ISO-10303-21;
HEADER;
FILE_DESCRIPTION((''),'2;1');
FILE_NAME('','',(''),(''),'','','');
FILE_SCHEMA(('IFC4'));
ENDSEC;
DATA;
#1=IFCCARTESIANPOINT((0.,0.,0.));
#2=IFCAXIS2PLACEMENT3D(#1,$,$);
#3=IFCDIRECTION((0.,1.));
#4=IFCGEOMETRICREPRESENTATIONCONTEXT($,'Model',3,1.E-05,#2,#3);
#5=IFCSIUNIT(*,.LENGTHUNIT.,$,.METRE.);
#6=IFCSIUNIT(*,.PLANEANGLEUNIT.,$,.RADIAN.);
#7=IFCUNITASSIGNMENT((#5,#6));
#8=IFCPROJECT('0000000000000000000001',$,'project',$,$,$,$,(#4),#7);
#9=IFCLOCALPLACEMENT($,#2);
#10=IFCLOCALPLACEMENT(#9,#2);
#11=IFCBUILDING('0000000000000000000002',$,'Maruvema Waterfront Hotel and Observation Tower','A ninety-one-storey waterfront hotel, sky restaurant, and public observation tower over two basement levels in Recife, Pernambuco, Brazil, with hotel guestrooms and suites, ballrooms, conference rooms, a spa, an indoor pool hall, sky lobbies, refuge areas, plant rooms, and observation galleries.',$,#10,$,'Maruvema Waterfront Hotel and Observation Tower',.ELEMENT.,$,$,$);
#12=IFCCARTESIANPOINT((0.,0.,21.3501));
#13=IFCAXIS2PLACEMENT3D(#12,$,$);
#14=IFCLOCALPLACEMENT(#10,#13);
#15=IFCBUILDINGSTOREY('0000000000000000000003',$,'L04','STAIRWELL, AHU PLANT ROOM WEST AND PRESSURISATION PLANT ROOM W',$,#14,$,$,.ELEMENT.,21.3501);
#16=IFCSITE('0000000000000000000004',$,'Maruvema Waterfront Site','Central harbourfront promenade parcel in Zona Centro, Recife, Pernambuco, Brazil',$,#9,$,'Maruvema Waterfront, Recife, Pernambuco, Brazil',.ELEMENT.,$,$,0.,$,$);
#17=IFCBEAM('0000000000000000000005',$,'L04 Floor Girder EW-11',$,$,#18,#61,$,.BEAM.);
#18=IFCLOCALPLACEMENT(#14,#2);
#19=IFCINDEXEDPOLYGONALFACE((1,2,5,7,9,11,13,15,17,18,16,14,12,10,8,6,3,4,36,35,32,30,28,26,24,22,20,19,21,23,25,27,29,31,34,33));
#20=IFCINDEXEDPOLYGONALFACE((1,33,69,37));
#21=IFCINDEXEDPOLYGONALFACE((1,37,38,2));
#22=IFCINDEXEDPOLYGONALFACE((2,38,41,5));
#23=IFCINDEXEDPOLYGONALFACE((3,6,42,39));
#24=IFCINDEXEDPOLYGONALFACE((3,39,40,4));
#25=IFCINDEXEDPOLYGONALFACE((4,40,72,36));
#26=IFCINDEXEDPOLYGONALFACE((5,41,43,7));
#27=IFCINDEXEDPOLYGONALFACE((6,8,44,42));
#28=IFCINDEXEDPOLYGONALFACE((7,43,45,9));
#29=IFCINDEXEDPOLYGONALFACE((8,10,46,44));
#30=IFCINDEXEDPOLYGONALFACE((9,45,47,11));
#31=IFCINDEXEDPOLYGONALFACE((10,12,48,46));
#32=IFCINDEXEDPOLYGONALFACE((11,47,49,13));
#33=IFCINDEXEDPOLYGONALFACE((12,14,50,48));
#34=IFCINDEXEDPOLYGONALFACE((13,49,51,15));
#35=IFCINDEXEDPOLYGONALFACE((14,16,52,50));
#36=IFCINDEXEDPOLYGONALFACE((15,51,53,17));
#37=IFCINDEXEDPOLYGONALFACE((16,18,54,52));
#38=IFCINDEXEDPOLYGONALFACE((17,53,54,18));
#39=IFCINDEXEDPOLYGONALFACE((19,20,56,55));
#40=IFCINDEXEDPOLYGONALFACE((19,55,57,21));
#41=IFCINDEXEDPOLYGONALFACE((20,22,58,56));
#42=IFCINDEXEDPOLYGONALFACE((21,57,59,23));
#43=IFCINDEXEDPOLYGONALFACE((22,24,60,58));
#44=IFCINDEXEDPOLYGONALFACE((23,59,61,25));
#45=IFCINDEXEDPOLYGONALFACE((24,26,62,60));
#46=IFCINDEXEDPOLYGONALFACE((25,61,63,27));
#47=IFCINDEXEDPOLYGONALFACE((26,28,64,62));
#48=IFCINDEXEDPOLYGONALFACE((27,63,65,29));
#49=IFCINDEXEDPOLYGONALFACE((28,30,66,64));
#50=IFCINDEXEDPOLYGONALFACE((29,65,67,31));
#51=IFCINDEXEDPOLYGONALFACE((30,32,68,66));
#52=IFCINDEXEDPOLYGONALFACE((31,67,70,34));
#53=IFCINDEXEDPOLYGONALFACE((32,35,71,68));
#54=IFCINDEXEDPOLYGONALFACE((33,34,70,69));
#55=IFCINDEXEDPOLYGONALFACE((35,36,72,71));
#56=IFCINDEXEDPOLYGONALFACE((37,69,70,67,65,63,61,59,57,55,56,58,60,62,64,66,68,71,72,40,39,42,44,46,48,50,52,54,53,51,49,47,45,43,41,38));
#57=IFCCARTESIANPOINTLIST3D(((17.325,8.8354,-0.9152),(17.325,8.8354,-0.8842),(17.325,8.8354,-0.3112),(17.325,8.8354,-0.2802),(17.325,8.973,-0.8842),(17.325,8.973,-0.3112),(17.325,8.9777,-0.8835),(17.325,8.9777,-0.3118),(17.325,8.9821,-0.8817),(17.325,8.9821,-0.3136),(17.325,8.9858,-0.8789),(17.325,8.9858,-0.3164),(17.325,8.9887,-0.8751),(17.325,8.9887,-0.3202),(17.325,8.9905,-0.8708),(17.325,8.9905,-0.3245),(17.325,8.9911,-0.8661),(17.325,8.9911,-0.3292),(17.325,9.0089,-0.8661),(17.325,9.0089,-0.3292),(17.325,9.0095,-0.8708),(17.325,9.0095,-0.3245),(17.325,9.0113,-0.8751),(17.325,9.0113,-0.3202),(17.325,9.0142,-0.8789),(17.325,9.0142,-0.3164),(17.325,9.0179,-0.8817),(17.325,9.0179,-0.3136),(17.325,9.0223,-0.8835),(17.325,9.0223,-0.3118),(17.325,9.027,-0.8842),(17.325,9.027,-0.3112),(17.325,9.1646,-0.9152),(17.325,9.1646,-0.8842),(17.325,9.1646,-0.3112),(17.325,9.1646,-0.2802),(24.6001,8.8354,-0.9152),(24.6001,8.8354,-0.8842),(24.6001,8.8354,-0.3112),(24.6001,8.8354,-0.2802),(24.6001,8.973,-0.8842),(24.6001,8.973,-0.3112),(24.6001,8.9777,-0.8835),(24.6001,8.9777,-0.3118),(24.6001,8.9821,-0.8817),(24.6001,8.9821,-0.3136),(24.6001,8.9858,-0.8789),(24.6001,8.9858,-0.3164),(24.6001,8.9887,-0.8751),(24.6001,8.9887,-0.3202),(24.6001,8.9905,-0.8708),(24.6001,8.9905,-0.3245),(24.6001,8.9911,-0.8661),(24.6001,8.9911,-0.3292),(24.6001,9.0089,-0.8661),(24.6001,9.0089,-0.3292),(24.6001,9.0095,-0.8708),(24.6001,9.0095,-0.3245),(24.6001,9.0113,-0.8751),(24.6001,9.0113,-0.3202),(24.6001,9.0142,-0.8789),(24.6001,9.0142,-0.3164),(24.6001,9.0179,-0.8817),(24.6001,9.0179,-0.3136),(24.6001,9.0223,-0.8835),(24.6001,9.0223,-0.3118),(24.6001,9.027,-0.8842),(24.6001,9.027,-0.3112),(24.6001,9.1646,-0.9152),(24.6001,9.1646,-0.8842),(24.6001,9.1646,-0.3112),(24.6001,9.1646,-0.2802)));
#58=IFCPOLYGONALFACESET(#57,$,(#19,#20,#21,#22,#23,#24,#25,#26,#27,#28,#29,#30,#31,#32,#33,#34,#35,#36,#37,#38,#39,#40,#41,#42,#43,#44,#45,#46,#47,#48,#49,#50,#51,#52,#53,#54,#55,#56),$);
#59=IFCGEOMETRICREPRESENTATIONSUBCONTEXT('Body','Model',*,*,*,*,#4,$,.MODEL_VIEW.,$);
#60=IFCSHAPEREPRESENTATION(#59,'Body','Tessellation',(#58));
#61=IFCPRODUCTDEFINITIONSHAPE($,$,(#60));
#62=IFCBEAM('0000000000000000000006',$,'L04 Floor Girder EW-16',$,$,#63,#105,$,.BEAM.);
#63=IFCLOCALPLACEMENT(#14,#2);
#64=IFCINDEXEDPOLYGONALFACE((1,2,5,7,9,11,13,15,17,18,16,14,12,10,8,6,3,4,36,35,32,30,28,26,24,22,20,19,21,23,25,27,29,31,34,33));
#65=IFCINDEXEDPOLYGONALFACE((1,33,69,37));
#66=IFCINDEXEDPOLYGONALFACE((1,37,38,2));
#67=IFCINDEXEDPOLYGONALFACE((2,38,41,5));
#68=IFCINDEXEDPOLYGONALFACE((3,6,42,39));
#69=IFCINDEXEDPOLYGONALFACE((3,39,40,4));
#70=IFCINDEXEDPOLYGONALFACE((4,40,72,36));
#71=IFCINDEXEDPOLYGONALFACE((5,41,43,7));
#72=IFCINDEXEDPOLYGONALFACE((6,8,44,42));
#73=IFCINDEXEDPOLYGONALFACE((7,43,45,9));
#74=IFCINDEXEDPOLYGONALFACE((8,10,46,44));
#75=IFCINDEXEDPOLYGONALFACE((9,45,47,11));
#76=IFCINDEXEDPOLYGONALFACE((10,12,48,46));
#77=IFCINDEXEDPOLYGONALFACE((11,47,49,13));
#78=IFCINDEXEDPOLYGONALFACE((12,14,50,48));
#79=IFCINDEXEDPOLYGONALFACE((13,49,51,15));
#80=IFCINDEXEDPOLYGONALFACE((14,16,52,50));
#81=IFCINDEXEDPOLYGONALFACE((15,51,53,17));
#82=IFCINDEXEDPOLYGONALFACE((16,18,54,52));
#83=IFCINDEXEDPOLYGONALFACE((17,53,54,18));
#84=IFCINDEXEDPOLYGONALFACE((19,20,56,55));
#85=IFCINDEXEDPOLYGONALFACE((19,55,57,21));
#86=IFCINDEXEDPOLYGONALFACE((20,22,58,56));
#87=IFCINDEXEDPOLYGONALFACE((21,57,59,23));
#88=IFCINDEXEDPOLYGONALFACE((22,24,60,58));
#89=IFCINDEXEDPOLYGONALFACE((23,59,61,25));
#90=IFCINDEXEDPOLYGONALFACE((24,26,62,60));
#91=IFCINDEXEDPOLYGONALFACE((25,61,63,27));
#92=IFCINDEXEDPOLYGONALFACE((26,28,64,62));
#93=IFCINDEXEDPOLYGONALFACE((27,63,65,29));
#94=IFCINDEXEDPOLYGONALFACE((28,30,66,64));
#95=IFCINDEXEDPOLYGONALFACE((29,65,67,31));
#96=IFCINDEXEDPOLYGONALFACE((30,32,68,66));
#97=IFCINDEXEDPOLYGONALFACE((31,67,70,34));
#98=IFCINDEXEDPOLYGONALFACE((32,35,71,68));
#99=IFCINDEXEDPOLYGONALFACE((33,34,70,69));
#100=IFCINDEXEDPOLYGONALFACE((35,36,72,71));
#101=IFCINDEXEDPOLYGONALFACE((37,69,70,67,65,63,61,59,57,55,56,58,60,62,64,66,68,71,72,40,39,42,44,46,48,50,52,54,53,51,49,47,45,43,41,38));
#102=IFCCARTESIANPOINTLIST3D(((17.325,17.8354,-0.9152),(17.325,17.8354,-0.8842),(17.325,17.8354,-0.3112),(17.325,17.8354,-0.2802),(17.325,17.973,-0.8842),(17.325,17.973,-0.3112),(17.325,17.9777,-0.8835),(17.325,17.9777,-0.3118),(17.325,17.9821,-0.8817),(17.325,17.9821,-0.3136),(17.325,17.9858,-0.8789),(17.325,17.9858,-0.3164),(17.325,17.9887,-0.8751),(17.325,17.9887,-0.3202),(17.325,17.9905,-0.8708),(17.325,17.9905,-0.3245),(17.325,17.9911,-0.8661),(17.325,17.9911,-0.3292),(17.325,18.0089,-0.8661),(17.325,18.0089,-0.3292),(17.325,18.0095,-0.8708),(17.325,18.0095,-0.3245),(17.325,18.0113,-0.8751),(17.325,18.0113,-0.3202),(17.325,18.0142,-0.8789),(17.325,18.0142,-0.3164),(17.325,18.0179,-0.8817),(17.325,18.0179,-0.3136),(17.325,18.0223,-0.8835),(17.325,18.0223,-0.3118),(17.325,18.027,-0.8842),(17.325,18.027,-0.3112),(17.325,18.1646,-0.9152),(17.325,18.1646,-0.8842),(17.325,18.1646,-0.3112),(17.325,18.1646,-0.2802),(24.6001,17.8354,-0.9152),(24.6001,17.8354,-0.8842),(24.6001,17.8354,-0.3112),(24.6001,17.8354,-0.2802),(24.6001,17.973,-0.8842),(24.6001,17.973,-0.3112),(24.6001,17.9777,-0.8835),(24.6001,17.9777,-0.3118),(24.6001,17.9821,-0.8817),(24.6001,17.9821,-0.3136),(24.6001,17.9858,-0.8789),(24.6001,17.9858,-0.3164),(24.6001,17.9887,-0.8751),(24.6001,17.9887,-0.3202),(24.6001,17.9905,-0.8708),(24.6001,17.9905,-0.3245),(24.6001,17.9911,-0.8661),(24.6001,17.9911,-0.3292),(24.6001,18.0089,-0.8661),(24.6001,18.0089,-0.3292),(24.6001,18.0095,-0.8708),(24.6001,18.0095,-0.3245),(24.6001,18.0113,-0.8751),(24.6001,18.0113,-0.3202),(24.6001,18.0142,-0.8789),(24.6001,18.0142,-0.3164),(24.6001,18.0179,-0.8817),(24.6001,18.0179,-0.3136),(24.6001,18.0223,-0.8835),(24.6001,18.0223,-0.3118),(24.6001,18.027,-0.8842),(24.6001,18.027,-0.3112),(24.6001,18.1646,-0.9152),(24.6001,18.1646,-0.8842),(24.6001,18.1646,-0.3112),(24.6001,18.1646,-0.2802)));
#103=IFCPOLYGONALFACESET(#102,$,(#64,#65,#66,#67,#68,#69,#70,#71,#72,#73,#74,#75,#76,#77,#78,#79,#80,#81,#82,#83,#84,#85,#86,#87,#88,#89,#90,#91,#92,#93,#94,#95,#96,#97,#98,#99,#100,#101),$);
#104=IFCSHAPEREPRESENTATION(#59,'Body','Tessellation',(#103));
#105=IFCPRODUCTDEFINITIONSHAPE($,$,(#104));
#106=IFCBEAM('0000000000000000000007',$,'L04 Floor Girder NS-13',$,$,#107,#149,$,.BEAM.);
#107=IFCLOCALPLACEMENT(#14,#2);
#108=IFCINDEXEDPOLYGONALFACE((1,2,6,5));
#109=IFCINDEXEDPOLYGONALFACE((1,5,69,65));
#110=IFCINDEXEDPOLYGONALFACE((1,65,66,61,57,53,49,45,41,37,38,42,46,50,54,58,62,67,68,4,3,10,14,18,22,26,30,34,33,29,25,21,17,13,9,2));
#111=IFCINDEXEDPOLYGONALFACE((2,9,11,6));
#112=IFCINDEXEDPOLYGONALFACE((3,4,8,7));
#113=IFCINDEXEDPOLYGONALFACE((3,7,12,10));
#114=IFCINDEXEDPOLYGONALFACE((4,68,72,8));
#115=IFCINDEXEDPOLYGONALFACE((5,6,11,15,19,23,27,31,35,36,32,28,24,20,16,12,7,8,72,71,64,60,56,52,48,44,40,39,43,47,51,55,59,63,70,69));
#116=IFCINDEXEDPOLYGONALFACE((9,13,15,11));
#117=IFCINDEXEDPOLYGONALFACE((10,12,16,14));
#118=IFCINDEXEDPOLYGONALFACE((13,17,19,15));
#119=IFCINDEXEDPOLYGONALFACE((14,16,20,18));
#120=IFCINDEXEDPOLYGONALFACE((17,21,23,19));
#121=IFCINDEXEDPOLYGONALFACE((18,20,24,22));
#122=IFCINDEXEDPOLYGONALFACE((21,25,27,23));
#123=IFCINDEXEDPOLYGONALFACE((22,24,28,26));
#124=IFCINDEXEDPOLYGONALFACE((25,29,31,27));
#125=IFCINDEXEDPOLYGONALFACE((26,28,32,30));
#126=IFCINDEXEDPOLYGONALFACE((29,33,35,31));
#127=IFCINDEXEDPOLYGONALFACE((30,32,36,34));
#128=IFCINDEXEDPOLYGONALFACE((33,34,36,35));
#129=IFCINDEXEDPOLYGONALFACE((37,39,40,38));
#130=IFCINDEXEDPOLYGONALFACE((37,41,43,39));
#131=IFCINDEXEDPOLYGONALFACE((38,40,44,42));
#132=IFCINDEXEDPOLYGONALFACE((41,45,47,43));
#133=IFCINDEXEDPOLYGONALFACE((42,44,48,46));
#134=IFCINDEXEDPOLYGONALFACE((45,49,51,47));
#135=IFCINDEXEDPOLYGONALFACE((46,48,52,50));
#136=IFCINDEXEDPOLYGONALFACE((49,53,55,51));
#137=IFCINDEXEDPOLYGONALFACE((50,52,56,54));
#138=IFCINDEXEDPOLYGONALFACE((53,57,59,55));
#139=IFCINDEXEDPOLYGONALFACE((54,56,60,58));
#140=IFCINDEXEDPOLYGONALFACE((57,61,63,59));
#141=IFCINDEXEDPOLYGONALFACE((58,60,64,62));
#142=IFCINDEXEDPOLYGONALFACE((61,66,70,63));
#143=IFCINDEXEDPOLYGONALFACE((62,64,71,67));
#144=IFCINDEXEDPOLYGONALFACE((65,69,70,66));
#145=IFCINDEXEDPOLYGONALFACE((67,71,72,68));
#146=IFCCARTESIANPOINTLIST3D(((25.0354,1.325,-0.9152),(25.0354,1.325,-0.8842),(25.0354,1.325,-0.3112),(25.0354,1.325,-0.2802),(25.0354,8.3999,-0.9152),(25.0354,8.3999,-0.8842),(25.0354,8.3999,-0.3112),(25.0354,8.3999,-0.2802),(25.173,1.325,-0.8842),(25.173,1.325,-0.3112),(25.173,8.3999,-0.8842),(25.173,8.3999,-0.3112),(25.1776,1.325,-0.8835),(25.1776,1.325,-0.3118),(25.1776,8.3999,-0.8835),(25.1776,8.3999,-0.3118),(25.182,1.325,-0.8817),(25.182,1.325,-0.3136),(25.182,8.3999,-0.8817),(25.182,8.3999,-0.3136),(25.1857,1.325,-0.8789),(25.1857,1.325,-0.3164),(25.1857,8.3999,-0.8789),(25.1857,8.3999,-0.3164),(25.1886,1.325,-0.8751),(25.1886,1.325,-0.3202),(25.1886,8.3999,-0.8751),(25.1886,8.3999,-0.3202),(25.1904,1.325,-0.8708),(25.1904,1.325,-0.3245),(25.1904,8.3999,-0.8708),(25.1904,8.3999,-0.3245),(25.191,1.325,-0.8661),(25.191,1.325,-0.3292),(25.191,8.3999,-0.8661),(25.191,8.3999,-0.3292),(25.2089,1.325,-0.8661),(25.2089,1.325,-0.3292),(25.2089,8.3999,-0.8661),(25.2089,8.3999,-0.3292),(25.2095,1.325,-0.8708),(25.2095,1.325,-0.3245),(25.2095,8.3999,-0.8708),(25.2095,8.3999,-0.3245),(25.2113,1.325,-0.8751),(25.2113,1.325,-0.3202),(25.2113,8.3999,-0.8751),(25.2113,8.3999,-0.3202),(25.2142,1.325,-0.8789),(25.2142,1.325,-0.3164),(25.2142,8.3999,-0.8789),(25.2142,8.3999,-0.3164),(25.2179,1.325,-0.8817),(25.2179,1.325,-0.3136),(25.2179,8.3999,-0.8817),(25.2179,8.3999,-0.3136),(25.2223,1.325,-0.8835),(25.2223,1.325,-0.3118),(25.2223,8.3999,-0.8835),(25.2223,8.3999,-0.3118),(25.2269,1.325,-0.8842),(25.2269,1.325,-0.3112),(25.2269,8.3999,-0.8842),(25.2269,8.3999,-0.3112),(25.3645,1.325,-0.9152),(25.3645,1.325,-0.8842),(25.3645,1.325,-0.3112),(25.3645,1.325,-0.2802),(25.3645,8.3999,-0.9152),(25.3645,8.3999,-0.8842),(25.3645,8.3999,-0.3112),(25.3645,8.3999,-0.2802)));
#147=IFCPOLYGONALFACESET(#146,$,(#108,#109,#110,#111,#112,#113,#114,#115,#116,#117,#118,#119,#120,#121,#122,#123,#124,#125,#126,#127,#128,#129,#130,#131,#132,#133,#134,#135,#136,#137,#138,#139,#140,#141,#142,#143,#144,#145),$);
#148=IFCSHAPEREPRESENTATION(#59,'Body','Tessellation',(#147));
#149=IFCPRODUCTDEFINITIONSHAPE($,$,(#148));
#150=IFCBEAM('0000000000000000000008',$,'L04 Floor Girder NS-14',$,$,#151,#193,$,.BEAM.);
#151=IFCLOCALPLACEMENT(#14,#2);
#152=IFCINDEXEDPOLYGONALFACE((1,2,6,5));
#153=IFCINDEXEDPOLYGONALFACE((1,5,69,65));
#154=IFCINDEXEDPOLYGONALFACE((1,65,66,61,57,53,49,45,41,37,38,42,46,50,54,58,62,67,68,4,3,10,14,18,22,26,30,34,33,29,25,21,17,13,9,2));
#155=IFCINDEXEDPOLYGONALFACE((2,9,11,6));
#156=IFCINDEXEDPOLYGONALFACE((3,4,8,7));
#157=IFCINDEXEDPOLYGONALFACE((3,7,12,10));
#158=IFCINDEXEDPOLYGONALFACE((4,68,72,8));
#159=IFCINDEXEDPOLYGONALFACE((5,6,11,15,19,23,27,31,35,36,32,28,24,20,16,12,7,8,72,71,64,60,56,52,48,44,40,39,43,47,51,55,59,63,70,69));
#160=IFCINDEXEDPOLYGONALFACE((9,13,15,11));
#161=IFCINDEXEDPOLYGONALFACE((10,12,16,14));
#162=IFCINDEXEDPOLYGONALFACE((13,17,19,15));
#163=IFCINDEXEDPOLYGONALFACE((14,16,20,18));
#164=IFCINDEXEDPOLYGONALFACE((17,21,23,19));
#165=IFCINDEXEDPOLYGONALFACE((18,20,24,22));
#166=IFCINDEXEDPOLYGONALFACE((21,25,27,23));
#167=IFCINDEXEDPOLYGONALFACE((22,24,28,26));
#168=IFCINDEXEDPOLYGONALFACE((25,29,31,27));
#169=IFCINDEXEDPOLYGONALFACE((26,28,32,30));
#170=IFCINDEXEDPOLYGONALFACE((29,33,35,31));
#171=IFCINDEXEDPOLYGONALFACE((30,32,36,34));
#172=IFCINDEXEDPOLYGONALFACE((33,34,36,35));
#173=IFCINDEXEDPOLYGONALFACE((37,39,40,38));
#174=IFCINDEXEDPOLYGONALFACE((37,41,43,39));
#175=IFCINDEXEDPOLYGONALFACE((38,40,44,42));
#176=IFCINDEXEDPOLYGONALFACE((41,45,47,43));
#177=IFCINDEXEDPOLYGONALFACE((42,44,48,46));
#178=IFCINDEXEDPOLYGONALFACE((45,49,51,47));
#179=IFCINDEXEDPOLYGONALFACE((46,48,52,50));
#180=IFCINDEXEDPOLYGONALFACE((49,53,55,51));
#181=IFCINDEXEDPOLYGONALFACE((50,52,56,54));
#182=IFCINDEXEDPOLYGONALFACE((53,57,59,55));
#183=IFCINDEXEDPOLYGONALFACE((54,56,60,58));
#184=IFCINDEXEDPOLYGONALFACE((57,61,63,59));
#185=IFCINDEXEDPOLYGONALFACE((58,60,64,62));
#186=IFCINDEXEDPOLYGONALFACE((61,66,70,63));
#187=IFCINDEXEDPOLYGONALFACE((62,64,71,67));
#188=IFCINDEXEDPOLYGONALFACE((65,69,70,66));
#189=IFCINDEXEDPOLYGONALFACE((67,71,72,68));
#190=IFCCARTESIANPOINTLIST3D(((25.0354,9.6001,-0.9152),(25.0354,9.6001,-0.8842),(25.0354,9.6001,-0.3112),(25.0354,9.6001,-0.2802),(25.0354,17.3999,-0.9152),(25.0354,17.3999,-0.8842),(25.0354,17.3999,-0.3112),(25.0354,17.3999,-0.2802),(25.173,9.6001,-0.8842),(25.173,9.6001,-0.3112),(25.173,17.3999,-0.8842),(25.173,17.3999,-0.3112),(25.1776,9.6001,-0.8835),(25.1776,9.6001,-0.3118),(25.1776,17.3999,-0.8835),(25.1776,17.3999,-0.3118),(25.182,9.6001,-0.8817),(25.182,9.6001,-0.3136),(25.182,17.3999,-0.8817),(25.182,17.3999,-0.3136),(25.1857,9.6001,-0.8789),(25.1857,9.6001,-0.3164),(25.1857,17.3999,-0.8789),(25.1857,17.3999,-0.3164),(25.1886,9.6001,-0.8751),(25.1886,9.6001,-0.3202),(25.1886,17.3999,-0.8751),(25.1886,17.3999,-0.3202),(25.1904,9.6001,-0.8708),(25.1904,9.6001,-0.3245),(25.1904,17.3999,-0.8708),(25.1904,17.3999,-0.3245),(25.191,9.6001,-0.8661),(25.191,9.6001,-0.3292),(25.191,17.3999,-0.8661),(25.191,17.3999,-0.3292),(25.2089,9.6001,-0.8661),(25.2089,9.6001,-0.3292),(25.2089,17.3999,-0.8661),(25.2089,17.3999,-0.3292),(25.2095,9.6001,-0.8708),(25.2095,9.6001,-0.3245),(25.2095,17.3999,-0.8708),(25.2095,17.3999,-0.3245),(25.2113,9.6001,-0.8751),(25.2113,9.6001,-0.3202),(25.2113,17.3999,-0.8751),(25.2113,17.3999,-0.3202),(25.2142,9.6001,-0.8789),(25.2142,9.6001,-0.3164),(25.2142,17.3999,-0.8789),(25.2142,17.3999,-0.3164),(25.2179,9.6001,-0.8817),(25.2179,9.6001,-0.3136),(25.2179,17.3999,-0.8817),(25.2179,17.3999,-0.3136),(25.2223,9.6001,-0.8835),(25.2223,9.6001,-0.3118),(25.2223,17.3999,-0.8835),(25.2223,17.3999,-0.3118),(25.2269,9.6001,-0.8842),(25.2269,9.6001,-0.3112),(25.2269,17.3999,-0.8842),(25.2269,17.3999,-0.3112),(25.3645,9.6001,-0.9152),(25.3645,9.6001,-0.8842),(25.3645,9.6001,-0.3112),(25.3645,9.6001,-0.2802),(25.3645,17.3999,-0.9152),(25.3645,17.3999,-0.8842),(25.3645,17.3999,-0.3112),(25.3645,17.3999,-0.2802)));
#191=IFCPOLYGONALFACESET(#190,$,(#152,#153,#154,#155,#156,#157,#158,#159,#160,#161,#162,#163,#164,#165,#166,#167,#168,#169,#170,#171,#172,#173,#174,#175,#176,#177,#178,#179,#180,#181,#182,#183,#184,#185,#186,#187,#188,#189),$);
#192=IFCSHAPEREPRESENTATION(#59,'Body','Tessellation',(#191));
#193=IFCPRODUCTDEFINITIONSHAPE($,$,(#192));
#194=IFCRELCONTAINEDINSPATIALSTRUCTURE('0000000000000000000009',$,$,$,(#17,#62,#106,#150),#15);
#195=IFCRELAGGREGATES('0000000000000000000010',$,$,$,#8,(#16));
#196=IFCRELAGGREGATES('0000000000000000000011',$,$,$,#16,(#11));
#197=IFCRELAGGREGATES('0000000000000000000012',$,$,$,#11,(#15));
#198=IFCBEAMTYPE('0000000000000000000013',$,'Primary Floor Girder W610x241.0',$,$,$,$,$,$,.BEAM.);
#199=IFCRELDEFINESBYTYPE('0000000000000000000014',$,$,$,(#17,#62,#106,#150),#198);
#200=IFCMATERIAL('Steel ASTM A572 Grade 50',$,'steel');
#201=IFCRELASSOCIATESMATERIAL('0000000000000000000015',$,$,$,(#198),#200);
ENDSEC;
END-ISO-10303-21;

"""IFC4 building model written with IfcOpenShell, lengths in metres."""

from ifc_helpers import new_model, si_unit, direction, frame, origin, origin_2d, place, context, subcontext, project, spatial, i_section, extrude, material, material_profile, profile_set, type_object, element, save


model = new_model("IFC4")

# Units and contexts
model_context = context("Model", 3, precision=1e-05, world=origin(), true_north=direction((0.0, 1.0)))
body_context = subcontext(model_context, "Body", "Model", "MODEL_VIEW")
ifc_project = project(units=[si_unit("LENGTHUNIT", "METRE"), si_unit("PLANEANGLEUNIT", "RADIAN")], contexts=[model_context])

# Site, building, storey
site_placement = place(None, origin())
site = spatial("IfcSite", under=ifc_project, at=site_placement, Name="Maruvema Waterfront Site", Description="Central harbourfront promenade parcel in Zona Centro, Recife, Pernambuco, Brazil", LongName="Maruvema Waterfront, Recife, Pernambuco, Brazil", CompositionType="ELEMENT", RefElevation=0.0)
building_placement = place(site_placement, origin())
building = spatial("IfcBuilding", under=site, at=building_placement, Name="Maruvema Waterfront Hotel and Observation Tower", Description="A ninety-one-storey waterfront hotel, sky restaurant, and public observation tower over two basement levels in Recife, Pernambuco, Brazil, with hotel guestrooms and suites, ballrooms, conference rooms, a spa, an indoor pool hall, sky lobbies, refuge areas, plant rooms, and observation galleries.", LongName="Maruvema Waterfront Hotel and Observation Tower", CompositionType="ELEMENT")
storey_placement = place(building_placement, frame((0.0, 0.0, 21.3501)))
storey = spatial("IfcBuildingStorey", under=building, at=storey_placement, Name="L04", Description="STAIRWELL, AHU PLANT ROOM WEST AND PRESSURISATION PLANT ROOM W", CompositionType="ELEMENT", Elevation=21.3501)

# Beams
ifc_material_1 = material(Name="Steel ASTM A572 Grade 50", Category="steel")
ifc_material_profile_1 = material_profile(ifc_material_1, i_section(OverallWidth=0.3291, OverallDepth=0.635, WebThickness=0.0178, FlangeThickness=0.031, FilletRadius=0.0181, at=origin_2d()), Name="W610x241.0")
ifc_profile_set_1 = profile_set([ifc_material_profile_1], Name="Steel ASTM A572 Grade 50")
beam_type_1 = type_object("IfcBeamType", Name="Primary Floor Girder W610x241.0", PredefinedType="BEAM", material=ifc_profile_set_1)
for number, where, z_axis, x_axis, name in (
    (1, (17.325, 9.0, -0.5977), (1.0, 0.0, 0.0), (0.0, 1.0, 0.0), "L04 Floor Girder EW-11"),
    (2, (17.325, 18.0, -0.5977), (1.0, 0.0, 0.0), (0.0, 1.0, 0.0), "L04 Floor Girder EW-16"),
):
    element("IfcBeam", number, at=place(storey_placement, frame(where, z_axis=z_axis, x_axis=x_axis)), inside=storey, type_object=beam_type_1, Name=name, PredefinedType="BEAM", context=body_context, shape_type="SweptSolid", body=[
        extrude(i_section(OverallWidth=0.3291, OverallDepth=0.635, WebThickness=0.0178, FlangeThickness=0.031, FilletRadius=0.0181, at=origin_2d()), origin(), (0.0, 0.0, 1.0), 7.2751),
    ])
beam_1_placement = place(storey_placement, frame((25.2, 1.325, -0.5977), z_axis=(0.0, 1.0, 0.0), x_axis=(-1.0, 0.0, 0.0)))
element("IfcBeam", 3, at=beam_1_placement, inside=storey, type_object=beam_type_1, Name="L04 Floor Girder NS-13", PredefinedType="BEAM", context=body_context, shape_type="SweptSolid", body=[
    extrude(i_section(OverallWidth=0.3291, OverallDepth=0.635, WebThickness=0.0178, FlangeThickness=0.031, FilletRadius=0.0181, at=origin_2d()), origin(), (0.0, 0.0, 1.0), 7.075),
])
beam_2_placement = place(storey_placement, frame((25.2, 9.6001, -0.5977), z_axis=(0.0, 1.0, 0.0), x_axis=(-1.0, 0.0, 0.0)))
element("IfcBeam", 4, at=beam_2_placement, inside=storey, type_object=beam_type_1, Name="L04 Floor Girder NS-14", PredefinedType="BEAM", context=body_context, shape_type="SweptSolid", body=[
    extrude(i_section(OverallWidth=0.3291, OverallDepth=0.635, WebThickness=0.0178, FlangeThickness=0.031, FilletRadius=0.0181, at=origin_2d()), origin(), (0.0, 0.0, 1.0), 7.7998),
])

save(model, "model.ifc")
